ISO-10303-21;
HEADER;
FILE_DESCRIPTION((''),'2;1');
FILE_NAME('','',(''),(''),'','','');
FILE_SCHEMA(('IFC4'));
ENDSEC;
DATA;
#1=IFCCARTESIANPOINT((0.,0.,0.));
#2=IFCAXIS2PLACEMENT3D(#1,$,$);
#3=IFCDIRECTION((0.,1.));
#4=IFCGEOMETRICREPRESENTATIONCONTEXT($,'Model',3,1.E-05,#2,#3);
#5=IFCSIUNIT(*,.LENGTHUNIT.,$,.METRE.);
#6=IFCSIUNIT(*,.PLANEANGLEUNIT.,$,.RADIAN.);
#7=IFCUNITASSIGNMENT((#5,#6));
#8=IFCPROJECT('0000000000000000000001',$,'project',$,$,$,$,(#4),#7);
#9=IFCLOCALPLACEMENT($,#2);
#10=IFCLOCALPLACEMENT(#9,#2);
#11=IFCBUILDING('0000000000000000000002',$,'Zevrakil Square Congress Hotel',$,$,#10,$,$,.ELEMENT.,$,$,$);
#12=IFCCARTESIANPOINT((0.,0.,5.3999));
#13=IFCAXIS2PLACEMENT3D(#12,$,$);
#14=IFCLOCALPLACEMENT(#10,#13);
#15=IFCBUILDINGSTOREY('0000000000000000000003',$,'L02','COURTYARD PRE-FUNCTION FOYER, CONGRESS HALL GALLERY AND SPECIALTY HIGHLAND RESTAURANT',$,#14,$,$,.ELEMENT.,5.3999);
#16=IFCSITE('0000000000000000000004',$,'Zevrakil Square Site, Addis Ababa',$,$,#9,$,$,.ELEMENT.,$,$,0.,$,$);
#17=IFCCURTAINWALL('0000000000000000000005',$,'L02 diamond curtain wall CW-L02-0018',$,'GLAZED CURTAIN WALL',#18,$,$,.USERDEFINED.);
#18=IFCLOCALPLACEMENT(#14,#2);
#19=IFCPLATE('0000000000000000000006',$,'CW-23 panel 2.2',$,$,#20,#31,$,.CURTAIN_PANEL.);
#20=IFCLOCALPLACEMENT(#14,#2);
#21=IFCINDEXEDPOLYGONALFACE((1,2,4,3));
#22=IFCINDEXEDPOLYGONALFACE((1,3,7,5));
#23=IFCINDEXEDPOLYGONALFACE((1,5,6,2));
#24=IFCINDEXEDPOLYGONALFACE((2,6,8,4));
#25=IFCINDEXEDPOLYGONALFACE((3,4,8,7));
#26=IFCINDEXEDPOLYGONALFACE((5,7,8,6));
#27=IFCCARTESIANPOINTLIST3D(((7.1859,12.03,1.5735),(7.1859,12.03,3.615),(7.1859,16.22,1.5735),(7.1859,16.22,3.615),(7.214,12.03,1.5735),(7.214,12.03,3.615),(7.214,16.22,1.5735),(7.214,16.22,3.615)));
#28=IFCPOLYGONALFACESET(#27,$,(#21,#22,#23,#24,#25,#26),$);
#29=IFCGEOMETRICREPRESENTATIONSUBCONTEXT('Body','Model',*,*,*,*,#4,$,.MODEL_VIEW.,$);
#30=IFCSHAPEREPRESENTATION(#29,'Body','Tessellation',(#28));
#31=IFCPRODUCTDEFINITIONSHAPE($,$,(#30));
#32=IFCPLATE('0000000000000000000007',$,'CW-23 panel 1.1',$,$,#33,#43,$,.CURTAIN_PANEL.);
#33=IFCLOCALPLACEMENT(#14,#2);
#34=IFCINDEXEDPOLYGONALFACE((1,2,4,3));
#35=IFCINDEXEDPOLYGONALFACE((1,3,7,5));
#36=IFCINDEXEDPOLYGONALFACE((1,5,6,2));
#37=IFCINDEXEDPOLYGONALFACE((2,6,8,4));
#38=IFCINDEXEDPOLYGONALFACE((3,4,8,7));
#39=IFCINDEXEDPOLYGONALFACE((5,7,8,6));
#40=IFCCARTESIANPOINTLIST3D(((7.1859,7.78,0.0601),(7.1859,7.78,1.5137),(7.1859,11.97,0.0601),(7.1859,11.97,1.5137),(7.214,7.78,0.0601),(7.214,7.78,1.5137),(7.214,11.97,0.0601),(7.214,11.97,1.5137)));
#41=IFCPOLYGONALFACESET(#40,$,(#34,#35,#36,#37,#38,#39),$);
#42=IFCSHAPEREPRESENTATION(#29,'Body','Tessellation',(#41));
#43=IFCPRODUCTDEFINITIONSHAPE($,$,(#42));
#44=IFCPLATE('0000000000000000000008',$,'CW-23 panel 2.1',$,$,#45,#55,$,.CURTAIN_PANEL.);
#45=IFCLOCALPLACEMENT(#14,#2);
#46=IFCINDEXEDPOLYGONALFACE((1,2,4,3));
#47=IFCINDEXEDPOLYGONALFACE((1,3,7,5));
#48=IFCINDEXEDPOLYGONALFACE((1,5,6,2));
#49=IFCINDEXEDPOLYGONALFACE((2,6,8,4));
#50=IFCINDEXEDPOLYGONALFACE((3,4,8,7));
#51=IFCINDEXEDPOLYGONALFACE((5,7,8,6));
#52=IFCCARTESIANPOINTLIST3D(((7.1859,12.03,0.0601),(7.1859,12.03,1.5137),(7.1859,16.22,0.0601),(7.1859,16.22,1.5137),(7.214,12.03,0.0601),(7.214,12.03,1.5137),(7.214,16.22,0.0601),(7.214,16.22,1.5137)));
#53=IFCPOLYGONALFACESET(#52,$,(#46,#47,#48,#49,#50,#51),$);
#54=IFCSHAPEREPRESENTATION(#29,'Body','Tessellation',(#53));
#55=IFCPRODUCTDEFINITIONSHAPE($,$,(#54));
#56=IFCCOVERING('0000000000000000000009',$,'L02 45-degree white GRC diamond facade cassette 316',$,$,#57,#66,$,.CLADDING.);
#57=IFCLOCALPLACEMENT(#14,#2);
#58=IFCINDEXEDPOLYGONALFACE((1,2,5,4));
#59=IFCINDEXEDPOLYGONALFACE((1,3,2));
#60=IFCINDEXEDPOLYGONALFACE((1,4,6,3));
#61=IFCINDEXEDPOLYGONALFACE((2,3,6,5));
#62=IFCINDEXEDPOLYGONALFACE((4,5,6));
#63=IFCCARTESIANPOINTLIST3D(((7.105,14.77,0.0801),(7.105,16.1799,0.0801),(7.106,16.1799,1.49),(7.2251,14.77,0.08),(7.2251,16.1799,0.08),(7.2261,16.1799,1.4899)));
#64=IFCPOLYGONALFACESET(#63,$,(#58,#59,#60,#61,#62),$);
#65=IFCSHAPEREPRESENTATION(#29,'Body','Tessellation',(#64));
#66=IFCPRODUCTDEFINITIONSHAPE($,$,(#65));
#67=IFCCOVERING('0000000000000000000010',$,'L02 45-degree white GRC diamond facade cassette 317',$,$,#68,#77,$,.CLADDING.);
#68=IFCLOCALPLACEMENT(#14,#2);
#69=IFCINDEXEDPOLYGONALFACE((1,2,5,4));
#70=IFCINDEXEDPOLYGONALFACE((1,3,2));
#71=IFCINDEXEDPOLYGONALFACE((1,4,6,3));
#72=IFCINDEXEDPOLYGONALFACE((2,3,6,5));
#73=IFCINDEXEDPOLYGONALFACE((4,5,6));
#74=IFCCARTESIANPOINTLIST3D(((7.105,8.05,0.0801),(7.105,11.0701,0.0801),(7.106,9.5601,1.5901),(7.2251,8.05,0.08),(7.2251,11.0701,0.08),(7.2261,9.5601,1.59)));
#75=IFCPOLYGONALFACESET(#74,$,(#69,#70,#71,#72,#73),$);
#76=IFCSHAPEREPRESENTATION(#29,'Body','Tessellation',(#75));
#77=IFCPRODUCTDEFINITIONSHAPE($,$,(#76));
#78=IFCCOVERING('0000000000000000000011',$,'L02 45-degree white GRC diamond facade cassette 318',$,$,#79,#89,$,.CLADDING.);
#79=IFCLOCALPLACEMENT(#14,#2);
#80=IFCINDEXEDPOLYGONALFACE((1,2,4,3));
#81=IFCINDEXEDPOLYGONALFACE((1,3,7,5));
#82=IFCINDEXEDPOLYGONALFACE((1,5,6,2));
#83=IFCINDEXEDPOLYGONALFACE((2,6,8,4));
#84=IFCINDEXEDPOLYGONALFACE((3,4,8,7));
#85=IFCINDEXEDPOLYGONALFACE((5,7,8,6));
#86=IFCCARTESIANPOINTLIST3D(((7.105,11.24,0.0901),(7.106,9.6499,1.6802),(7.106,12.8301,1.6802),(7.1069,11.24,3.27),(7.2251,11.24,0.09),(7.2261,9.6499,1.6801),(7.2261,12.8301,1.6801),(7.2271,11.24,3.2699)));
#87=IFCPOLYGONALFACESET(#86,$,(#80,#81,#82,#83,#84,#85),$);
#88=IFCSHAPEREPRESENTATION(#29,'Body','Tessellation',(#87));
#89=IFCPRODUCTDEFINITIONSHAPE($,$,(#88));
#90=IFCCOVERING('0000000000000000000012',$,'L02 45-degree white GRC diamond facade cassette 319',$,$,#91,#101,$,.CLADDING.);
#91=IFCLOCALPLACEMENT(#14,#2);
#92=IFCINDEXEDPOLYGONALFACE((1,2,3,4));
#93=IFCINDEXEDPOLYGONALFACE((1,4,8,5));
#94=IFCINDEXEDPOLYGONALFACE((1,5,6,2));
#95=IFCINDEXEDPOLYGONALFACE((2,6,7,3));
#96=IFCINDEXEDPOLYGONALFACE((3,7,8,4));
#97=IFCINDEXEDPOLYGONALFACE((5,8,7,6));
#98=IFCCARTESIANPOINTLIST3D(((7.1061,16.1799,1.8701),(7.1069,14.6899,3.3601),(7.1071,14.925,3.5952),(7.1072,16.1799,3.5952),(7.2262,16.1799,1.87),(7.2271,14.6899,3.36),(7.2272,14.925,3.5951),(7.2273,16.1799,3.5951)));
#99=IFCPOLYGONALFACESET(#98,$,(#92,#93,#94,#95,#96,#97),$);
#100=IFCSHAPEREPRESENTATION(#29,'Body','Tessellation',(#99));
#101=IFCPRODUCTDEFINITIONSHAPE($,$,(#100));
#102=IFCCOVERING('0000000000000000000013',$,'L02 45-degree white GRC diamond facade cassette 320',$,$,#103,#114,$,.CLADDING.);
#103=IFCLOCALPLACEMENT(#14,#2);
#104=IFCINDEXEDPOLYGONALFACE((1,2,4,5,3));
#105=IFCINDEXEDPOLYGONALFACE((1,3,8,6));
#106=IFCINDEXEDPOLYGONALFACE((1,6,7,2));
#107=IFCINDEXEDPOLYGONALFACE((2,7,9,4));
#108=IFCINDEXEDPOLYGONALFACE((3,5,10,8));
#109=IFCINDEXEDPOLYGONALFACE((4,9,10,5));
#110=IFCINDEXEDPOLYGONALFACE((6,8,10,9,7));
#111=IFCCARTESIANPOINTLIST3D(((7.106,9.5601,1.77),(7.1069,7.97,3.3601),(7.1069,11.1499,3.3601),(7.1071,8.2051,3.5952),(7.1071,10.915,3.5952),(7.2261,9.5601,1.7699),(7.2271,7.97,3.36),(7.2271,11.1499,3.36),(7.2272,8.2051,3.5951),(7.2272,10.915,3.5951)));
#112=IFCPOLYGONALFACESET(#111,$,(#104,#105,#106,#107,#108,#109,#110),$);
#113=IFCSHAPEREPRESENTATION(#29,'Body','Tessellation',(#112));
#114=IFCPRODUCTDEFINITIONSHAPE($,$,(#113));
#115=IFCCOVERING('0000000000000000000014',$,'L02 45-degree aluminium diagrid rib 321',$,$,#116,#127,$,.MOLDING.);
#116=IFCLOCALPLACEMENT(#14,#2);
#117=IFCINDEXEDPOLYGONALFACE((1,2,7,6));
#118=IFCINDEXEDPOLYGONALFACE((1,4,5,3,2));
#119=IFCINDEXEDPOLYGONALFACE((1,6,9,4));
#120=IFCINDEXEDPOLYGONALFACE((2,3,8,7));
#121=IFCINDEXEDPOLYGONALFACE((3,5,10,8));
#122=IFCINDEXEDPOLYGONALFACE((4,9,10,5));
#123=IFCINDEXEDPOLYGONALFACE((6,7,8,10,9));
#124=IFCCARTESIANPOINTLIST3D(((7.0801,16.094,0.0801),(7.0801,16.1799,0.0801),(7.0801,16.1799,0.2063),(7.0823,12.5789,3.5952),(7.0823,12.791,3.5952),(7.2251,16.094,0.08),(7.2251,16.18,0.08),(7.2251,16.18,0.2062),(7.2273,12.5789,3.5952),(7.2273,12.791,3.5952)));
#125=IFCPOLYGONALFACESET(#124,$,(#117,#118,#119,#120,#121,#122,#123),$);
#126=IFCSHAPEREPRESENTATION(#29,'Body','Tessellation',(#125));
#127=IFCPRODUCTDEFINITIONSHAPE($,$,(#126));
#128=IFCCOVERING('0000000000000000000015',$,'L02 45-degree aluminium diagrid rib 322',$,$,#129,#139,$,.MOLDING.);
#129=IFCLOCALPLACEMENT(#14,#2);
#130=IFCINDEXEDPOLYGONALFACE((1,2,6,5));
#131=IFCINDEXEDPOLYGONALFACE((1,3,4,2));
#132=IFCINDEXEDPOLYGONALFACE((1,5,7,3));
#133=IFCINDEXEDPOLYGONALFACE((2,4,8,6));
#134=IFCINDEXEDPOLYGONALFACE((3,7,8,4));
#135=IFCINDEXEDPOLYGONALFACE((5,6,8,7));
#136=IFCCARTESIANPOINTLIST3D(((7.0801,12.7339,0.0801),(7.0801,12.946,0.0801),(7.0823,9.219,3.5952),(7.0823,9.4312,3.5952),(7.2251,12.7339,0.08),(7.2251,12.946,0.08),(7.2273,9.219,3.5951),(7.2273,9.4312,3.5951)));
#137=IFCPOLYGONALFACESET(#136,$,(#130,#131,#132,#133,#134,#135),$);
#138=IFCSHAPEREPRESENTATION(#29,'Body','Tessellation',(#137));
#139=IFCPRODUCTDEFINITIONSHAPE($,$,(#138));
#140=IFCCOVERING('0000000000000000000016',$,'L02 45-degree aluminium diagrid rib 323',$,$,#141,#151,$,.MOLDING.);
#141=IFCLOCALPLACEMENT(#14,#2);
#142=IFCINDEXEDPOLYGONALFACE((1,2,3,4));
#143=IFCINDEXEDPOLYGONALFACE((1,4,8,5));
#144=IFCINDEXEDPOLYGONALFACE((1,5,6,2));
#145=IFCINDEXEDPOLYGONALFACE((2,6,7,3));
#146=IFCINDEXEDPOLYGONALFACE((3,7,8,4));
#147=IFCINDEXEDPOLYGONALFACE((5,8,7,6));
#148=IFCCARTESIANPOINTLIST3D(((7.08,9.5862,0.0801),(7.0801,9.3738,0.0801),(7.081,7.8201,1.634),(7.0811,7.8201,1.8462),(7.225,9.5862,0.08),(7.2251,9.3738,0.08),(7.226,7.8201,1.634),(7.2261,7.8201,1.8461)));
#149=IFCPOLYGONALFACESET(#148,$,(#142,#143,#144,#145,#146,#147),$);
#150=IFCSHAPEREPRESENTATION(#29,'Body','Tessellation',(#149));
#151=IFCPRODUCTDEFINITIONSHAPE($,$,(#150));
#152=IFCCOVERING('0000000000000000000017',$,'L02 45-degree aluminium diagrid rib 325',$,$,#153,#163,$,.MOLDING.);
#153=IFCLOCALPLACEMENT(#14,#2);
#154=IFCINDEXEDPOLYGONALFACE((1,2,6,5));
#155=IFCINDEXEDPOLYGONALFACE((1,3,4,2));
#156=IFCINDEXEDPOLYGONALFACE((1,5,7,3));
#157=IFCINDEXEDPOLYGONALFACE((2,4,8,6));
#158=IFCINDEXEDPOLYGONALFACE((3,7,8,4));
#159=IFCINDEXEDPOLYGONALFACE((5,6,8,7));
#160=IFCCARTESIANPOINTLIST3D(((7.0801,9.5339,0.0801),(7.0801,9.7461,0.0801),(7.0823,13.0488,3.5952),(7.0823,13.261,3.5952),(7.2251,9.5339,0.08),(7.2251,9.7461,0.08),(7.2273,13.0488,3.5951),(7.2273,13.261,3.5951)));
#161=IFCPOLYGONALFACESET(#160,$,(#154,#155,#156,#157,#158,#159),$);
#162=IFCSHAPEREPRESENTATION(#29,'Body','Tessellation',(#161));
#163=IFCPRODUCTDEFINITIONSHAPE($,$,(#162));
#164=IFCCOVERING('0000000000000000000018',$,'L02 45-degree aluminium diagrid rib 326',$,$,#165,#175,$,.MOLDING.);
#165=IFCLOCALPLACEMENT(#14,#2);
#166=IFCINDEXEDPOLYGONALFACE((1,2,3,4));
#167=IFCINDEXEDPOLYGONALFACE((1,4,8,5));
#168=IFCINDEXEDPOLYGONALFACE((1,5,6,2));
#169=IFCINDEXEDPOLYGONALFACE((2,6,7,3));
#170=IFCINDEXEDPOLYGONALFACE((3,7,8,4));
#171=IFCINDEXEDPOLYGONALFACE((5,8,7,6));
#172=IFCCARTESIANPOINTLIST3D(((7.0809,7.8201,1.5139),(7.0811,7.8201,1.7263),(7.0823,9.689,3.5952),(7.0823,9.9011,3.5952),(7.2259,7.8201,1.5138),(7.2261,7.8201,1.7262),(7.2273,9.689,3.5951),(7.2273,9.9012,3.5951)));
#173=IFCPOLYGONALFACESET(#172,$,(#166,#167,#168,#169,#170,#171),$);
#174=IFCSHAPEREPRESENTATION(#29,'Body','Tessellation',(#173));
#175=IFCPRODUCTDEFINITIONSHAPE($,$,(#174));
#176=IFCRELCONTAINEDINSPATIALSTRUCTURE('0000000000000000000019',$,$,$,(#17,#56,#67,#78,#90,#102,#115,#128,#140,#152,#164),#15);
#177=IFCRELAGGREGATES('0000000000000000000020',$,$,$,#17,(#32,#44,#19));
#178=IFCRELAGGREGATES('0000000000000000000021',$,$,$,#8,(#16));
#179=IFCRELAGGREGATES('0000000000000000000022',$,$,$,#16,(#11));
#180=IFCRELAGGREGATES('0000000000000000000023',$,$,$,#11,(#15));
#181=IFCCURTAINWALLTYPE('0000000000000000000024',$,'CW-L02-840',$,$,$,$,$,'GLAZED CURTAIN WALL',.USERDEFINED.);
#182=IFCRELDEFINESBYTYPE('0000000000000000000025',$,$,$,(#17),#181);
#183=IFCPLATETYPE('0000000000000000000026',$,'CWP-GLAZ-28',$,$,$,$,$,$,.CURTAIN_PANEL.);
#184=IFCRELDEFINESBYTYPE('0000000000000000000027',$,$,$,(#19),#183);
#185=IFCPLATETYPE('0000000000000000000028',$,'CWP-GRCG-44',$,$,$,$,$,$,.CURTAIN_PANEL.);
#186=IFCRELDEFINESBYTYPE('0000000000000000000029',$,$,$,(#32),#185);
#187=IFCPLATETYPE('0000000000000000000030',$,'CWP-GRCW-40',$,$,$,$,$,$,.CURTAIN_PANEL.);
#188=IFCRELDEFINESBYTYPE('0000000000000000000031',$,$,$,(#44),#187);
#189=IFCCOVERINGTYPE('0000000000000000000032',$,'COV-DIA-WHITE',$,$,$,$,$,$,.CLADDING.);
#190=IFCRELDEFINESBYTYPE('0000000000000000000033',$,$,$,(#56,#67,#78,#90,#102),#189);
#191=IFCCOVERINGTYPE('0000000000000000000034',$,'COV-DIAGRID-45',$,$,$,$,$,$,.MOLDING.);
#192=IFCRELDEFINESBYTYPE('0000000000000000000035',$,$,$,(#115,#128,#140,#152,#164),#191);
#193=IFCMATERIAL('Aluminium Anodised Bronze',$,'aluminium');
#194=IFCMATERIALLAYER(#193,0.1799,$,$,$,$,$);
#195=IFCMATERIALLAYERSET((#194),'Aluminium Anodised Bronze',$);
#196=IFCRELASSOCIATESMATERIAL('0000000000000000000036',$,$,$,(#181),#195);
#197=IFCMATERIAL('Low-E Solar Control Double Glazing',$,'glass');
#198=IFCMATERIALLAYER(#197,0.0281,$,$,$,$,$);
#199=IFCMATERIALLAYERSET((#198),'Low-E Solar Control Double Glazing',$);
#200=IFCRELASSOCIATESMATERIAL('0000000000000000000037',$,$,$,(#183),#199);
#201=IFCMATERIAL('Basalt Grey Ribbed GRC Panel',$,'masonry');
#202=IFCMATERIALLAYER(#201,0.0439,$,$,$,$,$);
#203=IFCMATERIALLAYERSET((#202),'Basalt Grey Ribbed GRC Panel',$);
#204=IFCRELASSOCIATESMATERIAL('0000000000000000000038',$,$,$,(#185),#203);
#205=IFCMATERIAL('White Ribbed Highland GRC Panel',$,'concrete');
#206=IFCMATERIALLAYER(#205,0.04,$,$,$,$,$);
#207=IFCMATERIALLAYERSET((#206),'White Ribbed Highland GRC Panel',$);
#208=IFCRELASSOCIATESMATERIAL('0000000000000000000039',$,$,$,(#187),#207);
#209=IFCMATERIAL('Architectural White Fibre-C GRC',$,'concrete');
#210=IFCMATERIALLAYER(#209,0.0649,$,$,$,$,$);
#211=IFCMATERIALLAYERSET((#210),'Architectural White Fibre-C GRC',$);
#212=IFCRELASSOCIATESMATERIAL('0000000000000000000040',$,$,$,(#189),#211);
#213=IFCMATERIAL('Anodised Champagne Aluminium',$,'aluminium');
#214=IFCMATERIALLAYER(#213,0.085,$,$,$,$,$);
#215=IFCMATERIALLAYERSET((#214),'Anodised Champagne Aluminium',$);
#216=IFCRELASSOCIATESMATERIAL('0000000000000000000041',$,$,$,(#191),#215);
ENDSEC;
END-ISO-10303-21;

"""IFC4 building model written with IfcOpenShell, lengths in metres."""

from ifc_helpers import new_model, si_unit, direction, frame, origin, origin_2d, place, context, subcontext, project, spatial, polyline, rectangle, outline, extrude, material, layer, layer_set, type_object, element, aggregate, save


model = new_model("IFC4")

# Units and contexts
model_context = context("Model", 3, precision=1e-05, world=origin(), true_north=direction((0.0, 1.0)))
body_context = subcontext(model_context, "Body", "Model", "MODEL_VIEW")
ifc_project = project(units=[si_unit("LENGTHUNIT", "METRE"), si_unit("PLANEANGLEUNIT", "RADIAN")], contexts=[model_context])

# Site, building, storey
site_placement = place(None, origin())
site = spatial("IfcSite", under=ifc_project, at=site_placement, Name="Zevrakil Square Site, Addis Ababa", CompositionType="ELEMENT", RefElevation=0.0)
building_placement = place(site_placement, origin())
building = spatial("IfcBuilding", under=site, at=building_placement, Name="Zevrakil Square Congress Hotel", CompositionType="ELEMENT")
storey_placement = place(building_placement, frame((0.0, 0.0, 5.3999)))
storey = spatial("IfcBuildingStorey", under=building, at=storey_placement, Name="L02", Description="COURTYARD PRE-FUNCTION FOYER, CONGRESS HALL GALLERY AND SPECIALTY HIGHLAND RESTAURANT", CompositionType="ELEMENT", Elevation=5.3999)

# Curtain wall
ifc_material_1 = material(Name="Aluminium Anodised Bronze", Category="aluminium")
ifc_layer_1 = layer(ifc_material_1, 0.1799)
ifc_layer_set_1 = layer_set([ifc_layer_1], Name="Aluminium Anodised Bronze")
curtain_wall_type = type_object("IfcCurtainWallType", Name="CW-L02-840", ElementType="GLAZED CURTAIN WALL", PredefinedType="USERDEFINED", material=ifc_layer_set_1)
curtain_wall_1_placement = place(storey_placement, origin())
curtain_wall_1 = element("IfcCurtainWall", 1, at=curtain_wall_1_placement, inside=storey, type_object=curtain_wall_type, Name="L02 diamond curtain wall CW-L02-0018", ObjectType="GLAZED CURTAIN WALL", PredefinedType="USERDEFINED")

# Plates
ifc_material_2 = material(Name="Low-E Solar Control Double Glazing", Category="glass")
ifc_layer_2 = layer(ifc_material_2, 0.0281)
ifc_layer_set_2 = layer_set([ifc_layer_2], Name="Low-E Solar Control Double Glazing")
plate_type_1 = type_object("IfcPlateType", Name="CWP-GLAZ-28", PredefinedType="CURTAIN_PANEL", material=ifc_layer_set_2)
plate_1_placement = place(storey_placement, frame((7.2, 14.125, 1.5735), z_axis=(0.0, 0.0, 1.0), x_axis=(0.0, 1.0, 0.0)))
plate_1 = element("IfcPlate", 2, at=plate_1_placement, type_object=plate_type_1, Name="CW-23 panel 2.2", PredefinedType="CURTAIN_PANEL", context=body_context, shape_type="SweptSolid", body=[
    extrude(rectangle(XDim=4.1899, YDim=0.0281, at=origin_2d()), origin(), (0.0, 0.0, 1.0), 2.0415),
])
ifc_material_3 = material(Name="Basalt Grey Ribbed GRC Panel", Category="masonry")
ifc_layer_3 = layer(ifc_material_3, 0.0439)
ifc_layer_set_3 = layer_set([ifc_layer_3], Name="Basalt Grey Ribbed GRC Panel")
plate_type_2 = type_object("IfcPlateType", Name="CWP-GRCG-44", PredefinedType="CURTAIN_PANEL", material=ifc_layer_set_3)
plate_2_placement = place(storey_placement, frame((7.2, 9.875, 0.0601), z_axis=(0.0, 0.0, 1.0), x_axis=(0.0, 1.0, 0.0)))
plate_2 = element("IfcPlate", 3, at=plate_2_placement, type_object=plate_type_2, Name="CW-23 panel 1.1", PredefinedType="CURTAIN_PANEL", context=body_context, shape_type="SweptSolid", body=[
    extrude(rectangle(XDim=4.1899, YDim=0.0281, at=origin_2d()), origin(), (0.0, 0.0, 1.0), 1.4536),
])
ifc_material_4 = material(Name="White Ribbed Highland GRC Panel", Category="concrete")
ifc_layer_4 = layer(ifc_material_4, 0.04)
ifc_layer_set_4 = layer_set([ifc_layer_4], Name="White Ribbed Highland GRC Panel")
plate_type_3 = type_object("IfcPlateType", Name="CWP-GRCW-40", PredefinedType="CURTAIN_PANEL", material=ifc_layer_set_4)
plate_3_placement = place(storey_placement, frame((7.2, 14.125, 0.0601), z_axis=(0.0, 0.0, 1.0), x_axis=(0.0, 1.0, 0.0)))
plate_3 = element("IfcPlate", 4, at=plate_3_placement, type_object=plate_type_3, Name="CW-23 panel 2.1", PredefinedType="CURTAIN_PANEL", context=body_context, shape_type="SweptSolid", body=[
    extrude(rectangle(XDim=4.1899, YDim=0.0281, at=origin_2d()), origin(), (0.0, 0.0, 1.0), 1.4536),
])
aggregate(curtain_wall_1, [plate_2, plate_3, plate_1])

# Coverings
ifc_material_5 = material(Name="Architectural White Fibre-C GRC", Category="concrete")
ifc_layer_5 = layer(ifc_material_5, 0.0649)
ifc_layer_set_5 = layer_set([ifc_layer_5], Name="Architectural White Fibre-C GRC")
covering_type_1 = type_object("IfcCoveringType", Name="COV-DIA-WHITE", PredefinedType="CLADDING", material=ifc_layer_set_5)
covering_1_placement = place(storey_placement, frame((7.105, 14.77, 0.0801), z_axis=(-1.0, 0.0, 0.000693), x_axis=(0.0, 1.0, 0.0)))
element("IfcCovering", 5, at=covering_1_placement, inside=storey, type_object=covering_type_1, Name="L02 45-degree white GRC diamond facade cassette 316", PredefinedType="CLADDING", context=body_context, shape_type="SweptSolid", body=[
    extrude(outline(polyline([(0.0, 0.0), (1.4099, 0.0), (1.4099, -1.4099), (0.0, 0.0)])), origin(), (0.0, 0.0, -1.0), 0.1201),
])
covering_2_placement = place(storey_placement, frame((7.106, 9.5601, 1.5901), z_axis=(-1.0, 0.0, 0.000647), x_axis=(-0.000457, -0.707107, -0.707107)))
element("IfcCovering", 6, at=covering_2_placement, inside=storey, type_object=covering_type_1, Name="L02 45-degree white GRC diamond facade cassette 317", PredefinedType="CLADDING", context=body_context, shape_type="SweptSolid", body=[
    extrude(outline(polyline([(0.0, 0.0), (2.1355, 0.0), (0.0, -2.1355), (0.0, 0.0)])), origin(), (0.0, 0.0, -1.0), 0.1201),
])
covering_3_placement = place(storey_placement, frame((7.1069, 11.24, 3.27), z_axis=(-1.0, 0.0, 0.000614), x_axis=(-0.000434, -0.707161, -0.707052)))
element("IfcCovering", 7, at=covering_3_placement, inside=storey, type_object=covering_type_1, Name="L02 45-degree white GRC diamond facade cassette 318", PredefinedType="CLADDING", context=body_context, shape_type="SweptSolid", body=[
    extrude(outline(polyline([(0.0, 0.0), (2.2486, 0.0), (2.2484, -2.2487), (-0.0003, -2.2486), (0.0, 0.0)])), origin(), (0.0, 0.0, -1.0), 0.1201),
])
covering_4_placement = place(storey_placement, frame((7.1069, 14.6899, 3.3601), z_axis=(-1.0, 0.000067, 0.000615), x_axis=(-0.000387, 0.707107, -0.707107)))
element("IfcCovering", 8, at=covering_4_placement, inside=storey, type_object=covering_type_1, Name="L02 45-degree white GRC diamond facade cassette 319", PredefinedType="CLADDING", context=body_context, shape_type="SweptSolid", body=[
    extrude(outline(polyline([(0.0, 0.0), (2.1072, 0.0), (0.8873, -1.2198), (0.0, -0.3325), (0.0, 0.0)])), origin(), (0.0, 0.0, -1.0), 0.1201),
])
covering_5_placement = place(storey_placement, frame((7.1069, 7.97, 3.3601), z_axis=(-1.0, 0.0, 0.000585), x_axis=(-0.000414, 0.707107, -0.707107)))
element("IfcCovering", 9, at=covering_5_placement, inside=storey, type_object=covering_type_1, Name="L02 45-degree white GRC diamond facade cassette 320", PredefinedType="CLADDING", context=body_context, shape_type="SweptSolid", body=[
    extrude(outline(polyline([(0.0, 0.0), (2.2487, 0.0), (2.2486, -2.2486), (1.9162, -2.2487), (0.0, -0.3325), (0.0, 0.0)])), origin(), (0.0, 0.0, -1.0), 0.1201),
])
ifc_material_6 = material(Name="Anodised Champagne Aluminium", Category="aluminium")
ifc_layer_6 = layer(ifc_material_6, 0.085)
ifc_layer_set_6 = layer_set([ifc_layer_6], Name="Anodised Champagne Aluminium")
covering_type_2 = type_object("IfcCoveringType", Name="COV-DIAGRID-45", PredefinedType="MOLDING", material=ifc_layer_set_6)
covering_6_placement = place(storey_placement, frame((7.0801, 16.094, 0.0801), z_axis=(-1.0, -0.000188, 0.000444), x_axis=(-0.000188, 1.0, 0.0)))
element("IfcCovering", 10, at=covering_6_placement, inside=storey, type_object=covering_type_2, Name="L02 45-degree aluminium diagrid rib 321", PredefinedType="MOLDING", context=body_context, shape_type="SweptSolid", body=[
    extrude(outline(polyline([(0.0, 0.0), (0.0859, 0.0), (0.0859, -0.1262), (-3.303, -3.5151), (-3.5151, -3.5151), (0.0, 0.0)])), origin(), (0.0, 0.0, -1.0), 0.145),
])
covering_7_placement = place(storey_placement, frame((7.0801, 12.7339, 0.0801), z_axis=(-1.0, 0.0, 0.000625), x_axis=(0.0, 1.0, 0.0)))
element("IfcCovering", 11, at=covering_7_placement, inside=storey, type_object=covering_type_2, Name="L02 45-degree aluminium diagrid rib 322", PredefinedType="MOLDING", context=body_context, shape_type="SweptSolid", body=[
    extrude(outline(polyline([(0.0, 0.0), (0.2122, 0.0), (-3.3027, -3.5151), (-3.5149, -3.5151), (0.0, 0.0)])), origin(), (0.0, 0.0, -1.0), 0.145),
])
covering_8_placement = place(storey_placement, frame((7.0801, 9.3738, 0.0801), z_axis=(-1.0, -0.000294, 0.000294), x_axis=(-0.000294, 1.0, 0.0)))
element("IfcCovering", 12, at=covering_8_placement, inside=storey, type_object=covering_type_2, Name="L02 45-degree aluminium diagrid rib 323", PredefinedType="MOLDING", context=body_context, shape_type="SweptSolid", body=[
    extrude(outline(polyline([(0.0, 0.0), (0.2124, 0.0), (-1.5537, -1.7661), (-1.5537, -1.554), (0.0, 0.0)])), origin(), (0.0, 0.0, -1.0), 0.145),
])
covering_9_placement = place(storey_placement, frame((7.0823, 13.261, 3.5952), z_axis=(-1.0, 0.0, 0.000625), x_axis=(0.0, -1.0, 0.0)))
element("IfcCovering", 13, at=covering_9_placement, inside=storey, type_object=covering_type_2, Name="L02 45-degree aluminium diagrid rib 325", PredefinedType="MOLDING", context=body_context, shape_type="SweptSolid", body=[
    extrude(outline(polyline([(0.0, 0.0), (0.2122, 0.0), (3.7271, -3.5151), (3.5149, -3.5151), (0.0, 0.0)])), origin(), (0.0, 0.0, -1.0), 0.145),
])
covering_10_placement = place(storey_placement, frame((7.0823, 9.9011, 3.5952), z_axis=(-1.0, -0.000235, 0.000915), x_axis=(0.000235, -1.0, 0.0)))
element("IfcCovering", 14, at=covering_10_placement, inside=storey, type_object=covering_type_2, Name="L02 45-degree aluminium diagrid rib 326", PredefinedType="MOLDING", context=body_context, shape_type="SweptSolid", body=[
    extrude(outline(polyline([(0.0, 0.0), (0.2122, 0.0), (2.0811, -1.8689), (2.0811, -2.0813), (0.0, 0.0)])), origin(), (0.0, 0.0, -1.0), 0.145),
])

save(model, "model.ifc")
